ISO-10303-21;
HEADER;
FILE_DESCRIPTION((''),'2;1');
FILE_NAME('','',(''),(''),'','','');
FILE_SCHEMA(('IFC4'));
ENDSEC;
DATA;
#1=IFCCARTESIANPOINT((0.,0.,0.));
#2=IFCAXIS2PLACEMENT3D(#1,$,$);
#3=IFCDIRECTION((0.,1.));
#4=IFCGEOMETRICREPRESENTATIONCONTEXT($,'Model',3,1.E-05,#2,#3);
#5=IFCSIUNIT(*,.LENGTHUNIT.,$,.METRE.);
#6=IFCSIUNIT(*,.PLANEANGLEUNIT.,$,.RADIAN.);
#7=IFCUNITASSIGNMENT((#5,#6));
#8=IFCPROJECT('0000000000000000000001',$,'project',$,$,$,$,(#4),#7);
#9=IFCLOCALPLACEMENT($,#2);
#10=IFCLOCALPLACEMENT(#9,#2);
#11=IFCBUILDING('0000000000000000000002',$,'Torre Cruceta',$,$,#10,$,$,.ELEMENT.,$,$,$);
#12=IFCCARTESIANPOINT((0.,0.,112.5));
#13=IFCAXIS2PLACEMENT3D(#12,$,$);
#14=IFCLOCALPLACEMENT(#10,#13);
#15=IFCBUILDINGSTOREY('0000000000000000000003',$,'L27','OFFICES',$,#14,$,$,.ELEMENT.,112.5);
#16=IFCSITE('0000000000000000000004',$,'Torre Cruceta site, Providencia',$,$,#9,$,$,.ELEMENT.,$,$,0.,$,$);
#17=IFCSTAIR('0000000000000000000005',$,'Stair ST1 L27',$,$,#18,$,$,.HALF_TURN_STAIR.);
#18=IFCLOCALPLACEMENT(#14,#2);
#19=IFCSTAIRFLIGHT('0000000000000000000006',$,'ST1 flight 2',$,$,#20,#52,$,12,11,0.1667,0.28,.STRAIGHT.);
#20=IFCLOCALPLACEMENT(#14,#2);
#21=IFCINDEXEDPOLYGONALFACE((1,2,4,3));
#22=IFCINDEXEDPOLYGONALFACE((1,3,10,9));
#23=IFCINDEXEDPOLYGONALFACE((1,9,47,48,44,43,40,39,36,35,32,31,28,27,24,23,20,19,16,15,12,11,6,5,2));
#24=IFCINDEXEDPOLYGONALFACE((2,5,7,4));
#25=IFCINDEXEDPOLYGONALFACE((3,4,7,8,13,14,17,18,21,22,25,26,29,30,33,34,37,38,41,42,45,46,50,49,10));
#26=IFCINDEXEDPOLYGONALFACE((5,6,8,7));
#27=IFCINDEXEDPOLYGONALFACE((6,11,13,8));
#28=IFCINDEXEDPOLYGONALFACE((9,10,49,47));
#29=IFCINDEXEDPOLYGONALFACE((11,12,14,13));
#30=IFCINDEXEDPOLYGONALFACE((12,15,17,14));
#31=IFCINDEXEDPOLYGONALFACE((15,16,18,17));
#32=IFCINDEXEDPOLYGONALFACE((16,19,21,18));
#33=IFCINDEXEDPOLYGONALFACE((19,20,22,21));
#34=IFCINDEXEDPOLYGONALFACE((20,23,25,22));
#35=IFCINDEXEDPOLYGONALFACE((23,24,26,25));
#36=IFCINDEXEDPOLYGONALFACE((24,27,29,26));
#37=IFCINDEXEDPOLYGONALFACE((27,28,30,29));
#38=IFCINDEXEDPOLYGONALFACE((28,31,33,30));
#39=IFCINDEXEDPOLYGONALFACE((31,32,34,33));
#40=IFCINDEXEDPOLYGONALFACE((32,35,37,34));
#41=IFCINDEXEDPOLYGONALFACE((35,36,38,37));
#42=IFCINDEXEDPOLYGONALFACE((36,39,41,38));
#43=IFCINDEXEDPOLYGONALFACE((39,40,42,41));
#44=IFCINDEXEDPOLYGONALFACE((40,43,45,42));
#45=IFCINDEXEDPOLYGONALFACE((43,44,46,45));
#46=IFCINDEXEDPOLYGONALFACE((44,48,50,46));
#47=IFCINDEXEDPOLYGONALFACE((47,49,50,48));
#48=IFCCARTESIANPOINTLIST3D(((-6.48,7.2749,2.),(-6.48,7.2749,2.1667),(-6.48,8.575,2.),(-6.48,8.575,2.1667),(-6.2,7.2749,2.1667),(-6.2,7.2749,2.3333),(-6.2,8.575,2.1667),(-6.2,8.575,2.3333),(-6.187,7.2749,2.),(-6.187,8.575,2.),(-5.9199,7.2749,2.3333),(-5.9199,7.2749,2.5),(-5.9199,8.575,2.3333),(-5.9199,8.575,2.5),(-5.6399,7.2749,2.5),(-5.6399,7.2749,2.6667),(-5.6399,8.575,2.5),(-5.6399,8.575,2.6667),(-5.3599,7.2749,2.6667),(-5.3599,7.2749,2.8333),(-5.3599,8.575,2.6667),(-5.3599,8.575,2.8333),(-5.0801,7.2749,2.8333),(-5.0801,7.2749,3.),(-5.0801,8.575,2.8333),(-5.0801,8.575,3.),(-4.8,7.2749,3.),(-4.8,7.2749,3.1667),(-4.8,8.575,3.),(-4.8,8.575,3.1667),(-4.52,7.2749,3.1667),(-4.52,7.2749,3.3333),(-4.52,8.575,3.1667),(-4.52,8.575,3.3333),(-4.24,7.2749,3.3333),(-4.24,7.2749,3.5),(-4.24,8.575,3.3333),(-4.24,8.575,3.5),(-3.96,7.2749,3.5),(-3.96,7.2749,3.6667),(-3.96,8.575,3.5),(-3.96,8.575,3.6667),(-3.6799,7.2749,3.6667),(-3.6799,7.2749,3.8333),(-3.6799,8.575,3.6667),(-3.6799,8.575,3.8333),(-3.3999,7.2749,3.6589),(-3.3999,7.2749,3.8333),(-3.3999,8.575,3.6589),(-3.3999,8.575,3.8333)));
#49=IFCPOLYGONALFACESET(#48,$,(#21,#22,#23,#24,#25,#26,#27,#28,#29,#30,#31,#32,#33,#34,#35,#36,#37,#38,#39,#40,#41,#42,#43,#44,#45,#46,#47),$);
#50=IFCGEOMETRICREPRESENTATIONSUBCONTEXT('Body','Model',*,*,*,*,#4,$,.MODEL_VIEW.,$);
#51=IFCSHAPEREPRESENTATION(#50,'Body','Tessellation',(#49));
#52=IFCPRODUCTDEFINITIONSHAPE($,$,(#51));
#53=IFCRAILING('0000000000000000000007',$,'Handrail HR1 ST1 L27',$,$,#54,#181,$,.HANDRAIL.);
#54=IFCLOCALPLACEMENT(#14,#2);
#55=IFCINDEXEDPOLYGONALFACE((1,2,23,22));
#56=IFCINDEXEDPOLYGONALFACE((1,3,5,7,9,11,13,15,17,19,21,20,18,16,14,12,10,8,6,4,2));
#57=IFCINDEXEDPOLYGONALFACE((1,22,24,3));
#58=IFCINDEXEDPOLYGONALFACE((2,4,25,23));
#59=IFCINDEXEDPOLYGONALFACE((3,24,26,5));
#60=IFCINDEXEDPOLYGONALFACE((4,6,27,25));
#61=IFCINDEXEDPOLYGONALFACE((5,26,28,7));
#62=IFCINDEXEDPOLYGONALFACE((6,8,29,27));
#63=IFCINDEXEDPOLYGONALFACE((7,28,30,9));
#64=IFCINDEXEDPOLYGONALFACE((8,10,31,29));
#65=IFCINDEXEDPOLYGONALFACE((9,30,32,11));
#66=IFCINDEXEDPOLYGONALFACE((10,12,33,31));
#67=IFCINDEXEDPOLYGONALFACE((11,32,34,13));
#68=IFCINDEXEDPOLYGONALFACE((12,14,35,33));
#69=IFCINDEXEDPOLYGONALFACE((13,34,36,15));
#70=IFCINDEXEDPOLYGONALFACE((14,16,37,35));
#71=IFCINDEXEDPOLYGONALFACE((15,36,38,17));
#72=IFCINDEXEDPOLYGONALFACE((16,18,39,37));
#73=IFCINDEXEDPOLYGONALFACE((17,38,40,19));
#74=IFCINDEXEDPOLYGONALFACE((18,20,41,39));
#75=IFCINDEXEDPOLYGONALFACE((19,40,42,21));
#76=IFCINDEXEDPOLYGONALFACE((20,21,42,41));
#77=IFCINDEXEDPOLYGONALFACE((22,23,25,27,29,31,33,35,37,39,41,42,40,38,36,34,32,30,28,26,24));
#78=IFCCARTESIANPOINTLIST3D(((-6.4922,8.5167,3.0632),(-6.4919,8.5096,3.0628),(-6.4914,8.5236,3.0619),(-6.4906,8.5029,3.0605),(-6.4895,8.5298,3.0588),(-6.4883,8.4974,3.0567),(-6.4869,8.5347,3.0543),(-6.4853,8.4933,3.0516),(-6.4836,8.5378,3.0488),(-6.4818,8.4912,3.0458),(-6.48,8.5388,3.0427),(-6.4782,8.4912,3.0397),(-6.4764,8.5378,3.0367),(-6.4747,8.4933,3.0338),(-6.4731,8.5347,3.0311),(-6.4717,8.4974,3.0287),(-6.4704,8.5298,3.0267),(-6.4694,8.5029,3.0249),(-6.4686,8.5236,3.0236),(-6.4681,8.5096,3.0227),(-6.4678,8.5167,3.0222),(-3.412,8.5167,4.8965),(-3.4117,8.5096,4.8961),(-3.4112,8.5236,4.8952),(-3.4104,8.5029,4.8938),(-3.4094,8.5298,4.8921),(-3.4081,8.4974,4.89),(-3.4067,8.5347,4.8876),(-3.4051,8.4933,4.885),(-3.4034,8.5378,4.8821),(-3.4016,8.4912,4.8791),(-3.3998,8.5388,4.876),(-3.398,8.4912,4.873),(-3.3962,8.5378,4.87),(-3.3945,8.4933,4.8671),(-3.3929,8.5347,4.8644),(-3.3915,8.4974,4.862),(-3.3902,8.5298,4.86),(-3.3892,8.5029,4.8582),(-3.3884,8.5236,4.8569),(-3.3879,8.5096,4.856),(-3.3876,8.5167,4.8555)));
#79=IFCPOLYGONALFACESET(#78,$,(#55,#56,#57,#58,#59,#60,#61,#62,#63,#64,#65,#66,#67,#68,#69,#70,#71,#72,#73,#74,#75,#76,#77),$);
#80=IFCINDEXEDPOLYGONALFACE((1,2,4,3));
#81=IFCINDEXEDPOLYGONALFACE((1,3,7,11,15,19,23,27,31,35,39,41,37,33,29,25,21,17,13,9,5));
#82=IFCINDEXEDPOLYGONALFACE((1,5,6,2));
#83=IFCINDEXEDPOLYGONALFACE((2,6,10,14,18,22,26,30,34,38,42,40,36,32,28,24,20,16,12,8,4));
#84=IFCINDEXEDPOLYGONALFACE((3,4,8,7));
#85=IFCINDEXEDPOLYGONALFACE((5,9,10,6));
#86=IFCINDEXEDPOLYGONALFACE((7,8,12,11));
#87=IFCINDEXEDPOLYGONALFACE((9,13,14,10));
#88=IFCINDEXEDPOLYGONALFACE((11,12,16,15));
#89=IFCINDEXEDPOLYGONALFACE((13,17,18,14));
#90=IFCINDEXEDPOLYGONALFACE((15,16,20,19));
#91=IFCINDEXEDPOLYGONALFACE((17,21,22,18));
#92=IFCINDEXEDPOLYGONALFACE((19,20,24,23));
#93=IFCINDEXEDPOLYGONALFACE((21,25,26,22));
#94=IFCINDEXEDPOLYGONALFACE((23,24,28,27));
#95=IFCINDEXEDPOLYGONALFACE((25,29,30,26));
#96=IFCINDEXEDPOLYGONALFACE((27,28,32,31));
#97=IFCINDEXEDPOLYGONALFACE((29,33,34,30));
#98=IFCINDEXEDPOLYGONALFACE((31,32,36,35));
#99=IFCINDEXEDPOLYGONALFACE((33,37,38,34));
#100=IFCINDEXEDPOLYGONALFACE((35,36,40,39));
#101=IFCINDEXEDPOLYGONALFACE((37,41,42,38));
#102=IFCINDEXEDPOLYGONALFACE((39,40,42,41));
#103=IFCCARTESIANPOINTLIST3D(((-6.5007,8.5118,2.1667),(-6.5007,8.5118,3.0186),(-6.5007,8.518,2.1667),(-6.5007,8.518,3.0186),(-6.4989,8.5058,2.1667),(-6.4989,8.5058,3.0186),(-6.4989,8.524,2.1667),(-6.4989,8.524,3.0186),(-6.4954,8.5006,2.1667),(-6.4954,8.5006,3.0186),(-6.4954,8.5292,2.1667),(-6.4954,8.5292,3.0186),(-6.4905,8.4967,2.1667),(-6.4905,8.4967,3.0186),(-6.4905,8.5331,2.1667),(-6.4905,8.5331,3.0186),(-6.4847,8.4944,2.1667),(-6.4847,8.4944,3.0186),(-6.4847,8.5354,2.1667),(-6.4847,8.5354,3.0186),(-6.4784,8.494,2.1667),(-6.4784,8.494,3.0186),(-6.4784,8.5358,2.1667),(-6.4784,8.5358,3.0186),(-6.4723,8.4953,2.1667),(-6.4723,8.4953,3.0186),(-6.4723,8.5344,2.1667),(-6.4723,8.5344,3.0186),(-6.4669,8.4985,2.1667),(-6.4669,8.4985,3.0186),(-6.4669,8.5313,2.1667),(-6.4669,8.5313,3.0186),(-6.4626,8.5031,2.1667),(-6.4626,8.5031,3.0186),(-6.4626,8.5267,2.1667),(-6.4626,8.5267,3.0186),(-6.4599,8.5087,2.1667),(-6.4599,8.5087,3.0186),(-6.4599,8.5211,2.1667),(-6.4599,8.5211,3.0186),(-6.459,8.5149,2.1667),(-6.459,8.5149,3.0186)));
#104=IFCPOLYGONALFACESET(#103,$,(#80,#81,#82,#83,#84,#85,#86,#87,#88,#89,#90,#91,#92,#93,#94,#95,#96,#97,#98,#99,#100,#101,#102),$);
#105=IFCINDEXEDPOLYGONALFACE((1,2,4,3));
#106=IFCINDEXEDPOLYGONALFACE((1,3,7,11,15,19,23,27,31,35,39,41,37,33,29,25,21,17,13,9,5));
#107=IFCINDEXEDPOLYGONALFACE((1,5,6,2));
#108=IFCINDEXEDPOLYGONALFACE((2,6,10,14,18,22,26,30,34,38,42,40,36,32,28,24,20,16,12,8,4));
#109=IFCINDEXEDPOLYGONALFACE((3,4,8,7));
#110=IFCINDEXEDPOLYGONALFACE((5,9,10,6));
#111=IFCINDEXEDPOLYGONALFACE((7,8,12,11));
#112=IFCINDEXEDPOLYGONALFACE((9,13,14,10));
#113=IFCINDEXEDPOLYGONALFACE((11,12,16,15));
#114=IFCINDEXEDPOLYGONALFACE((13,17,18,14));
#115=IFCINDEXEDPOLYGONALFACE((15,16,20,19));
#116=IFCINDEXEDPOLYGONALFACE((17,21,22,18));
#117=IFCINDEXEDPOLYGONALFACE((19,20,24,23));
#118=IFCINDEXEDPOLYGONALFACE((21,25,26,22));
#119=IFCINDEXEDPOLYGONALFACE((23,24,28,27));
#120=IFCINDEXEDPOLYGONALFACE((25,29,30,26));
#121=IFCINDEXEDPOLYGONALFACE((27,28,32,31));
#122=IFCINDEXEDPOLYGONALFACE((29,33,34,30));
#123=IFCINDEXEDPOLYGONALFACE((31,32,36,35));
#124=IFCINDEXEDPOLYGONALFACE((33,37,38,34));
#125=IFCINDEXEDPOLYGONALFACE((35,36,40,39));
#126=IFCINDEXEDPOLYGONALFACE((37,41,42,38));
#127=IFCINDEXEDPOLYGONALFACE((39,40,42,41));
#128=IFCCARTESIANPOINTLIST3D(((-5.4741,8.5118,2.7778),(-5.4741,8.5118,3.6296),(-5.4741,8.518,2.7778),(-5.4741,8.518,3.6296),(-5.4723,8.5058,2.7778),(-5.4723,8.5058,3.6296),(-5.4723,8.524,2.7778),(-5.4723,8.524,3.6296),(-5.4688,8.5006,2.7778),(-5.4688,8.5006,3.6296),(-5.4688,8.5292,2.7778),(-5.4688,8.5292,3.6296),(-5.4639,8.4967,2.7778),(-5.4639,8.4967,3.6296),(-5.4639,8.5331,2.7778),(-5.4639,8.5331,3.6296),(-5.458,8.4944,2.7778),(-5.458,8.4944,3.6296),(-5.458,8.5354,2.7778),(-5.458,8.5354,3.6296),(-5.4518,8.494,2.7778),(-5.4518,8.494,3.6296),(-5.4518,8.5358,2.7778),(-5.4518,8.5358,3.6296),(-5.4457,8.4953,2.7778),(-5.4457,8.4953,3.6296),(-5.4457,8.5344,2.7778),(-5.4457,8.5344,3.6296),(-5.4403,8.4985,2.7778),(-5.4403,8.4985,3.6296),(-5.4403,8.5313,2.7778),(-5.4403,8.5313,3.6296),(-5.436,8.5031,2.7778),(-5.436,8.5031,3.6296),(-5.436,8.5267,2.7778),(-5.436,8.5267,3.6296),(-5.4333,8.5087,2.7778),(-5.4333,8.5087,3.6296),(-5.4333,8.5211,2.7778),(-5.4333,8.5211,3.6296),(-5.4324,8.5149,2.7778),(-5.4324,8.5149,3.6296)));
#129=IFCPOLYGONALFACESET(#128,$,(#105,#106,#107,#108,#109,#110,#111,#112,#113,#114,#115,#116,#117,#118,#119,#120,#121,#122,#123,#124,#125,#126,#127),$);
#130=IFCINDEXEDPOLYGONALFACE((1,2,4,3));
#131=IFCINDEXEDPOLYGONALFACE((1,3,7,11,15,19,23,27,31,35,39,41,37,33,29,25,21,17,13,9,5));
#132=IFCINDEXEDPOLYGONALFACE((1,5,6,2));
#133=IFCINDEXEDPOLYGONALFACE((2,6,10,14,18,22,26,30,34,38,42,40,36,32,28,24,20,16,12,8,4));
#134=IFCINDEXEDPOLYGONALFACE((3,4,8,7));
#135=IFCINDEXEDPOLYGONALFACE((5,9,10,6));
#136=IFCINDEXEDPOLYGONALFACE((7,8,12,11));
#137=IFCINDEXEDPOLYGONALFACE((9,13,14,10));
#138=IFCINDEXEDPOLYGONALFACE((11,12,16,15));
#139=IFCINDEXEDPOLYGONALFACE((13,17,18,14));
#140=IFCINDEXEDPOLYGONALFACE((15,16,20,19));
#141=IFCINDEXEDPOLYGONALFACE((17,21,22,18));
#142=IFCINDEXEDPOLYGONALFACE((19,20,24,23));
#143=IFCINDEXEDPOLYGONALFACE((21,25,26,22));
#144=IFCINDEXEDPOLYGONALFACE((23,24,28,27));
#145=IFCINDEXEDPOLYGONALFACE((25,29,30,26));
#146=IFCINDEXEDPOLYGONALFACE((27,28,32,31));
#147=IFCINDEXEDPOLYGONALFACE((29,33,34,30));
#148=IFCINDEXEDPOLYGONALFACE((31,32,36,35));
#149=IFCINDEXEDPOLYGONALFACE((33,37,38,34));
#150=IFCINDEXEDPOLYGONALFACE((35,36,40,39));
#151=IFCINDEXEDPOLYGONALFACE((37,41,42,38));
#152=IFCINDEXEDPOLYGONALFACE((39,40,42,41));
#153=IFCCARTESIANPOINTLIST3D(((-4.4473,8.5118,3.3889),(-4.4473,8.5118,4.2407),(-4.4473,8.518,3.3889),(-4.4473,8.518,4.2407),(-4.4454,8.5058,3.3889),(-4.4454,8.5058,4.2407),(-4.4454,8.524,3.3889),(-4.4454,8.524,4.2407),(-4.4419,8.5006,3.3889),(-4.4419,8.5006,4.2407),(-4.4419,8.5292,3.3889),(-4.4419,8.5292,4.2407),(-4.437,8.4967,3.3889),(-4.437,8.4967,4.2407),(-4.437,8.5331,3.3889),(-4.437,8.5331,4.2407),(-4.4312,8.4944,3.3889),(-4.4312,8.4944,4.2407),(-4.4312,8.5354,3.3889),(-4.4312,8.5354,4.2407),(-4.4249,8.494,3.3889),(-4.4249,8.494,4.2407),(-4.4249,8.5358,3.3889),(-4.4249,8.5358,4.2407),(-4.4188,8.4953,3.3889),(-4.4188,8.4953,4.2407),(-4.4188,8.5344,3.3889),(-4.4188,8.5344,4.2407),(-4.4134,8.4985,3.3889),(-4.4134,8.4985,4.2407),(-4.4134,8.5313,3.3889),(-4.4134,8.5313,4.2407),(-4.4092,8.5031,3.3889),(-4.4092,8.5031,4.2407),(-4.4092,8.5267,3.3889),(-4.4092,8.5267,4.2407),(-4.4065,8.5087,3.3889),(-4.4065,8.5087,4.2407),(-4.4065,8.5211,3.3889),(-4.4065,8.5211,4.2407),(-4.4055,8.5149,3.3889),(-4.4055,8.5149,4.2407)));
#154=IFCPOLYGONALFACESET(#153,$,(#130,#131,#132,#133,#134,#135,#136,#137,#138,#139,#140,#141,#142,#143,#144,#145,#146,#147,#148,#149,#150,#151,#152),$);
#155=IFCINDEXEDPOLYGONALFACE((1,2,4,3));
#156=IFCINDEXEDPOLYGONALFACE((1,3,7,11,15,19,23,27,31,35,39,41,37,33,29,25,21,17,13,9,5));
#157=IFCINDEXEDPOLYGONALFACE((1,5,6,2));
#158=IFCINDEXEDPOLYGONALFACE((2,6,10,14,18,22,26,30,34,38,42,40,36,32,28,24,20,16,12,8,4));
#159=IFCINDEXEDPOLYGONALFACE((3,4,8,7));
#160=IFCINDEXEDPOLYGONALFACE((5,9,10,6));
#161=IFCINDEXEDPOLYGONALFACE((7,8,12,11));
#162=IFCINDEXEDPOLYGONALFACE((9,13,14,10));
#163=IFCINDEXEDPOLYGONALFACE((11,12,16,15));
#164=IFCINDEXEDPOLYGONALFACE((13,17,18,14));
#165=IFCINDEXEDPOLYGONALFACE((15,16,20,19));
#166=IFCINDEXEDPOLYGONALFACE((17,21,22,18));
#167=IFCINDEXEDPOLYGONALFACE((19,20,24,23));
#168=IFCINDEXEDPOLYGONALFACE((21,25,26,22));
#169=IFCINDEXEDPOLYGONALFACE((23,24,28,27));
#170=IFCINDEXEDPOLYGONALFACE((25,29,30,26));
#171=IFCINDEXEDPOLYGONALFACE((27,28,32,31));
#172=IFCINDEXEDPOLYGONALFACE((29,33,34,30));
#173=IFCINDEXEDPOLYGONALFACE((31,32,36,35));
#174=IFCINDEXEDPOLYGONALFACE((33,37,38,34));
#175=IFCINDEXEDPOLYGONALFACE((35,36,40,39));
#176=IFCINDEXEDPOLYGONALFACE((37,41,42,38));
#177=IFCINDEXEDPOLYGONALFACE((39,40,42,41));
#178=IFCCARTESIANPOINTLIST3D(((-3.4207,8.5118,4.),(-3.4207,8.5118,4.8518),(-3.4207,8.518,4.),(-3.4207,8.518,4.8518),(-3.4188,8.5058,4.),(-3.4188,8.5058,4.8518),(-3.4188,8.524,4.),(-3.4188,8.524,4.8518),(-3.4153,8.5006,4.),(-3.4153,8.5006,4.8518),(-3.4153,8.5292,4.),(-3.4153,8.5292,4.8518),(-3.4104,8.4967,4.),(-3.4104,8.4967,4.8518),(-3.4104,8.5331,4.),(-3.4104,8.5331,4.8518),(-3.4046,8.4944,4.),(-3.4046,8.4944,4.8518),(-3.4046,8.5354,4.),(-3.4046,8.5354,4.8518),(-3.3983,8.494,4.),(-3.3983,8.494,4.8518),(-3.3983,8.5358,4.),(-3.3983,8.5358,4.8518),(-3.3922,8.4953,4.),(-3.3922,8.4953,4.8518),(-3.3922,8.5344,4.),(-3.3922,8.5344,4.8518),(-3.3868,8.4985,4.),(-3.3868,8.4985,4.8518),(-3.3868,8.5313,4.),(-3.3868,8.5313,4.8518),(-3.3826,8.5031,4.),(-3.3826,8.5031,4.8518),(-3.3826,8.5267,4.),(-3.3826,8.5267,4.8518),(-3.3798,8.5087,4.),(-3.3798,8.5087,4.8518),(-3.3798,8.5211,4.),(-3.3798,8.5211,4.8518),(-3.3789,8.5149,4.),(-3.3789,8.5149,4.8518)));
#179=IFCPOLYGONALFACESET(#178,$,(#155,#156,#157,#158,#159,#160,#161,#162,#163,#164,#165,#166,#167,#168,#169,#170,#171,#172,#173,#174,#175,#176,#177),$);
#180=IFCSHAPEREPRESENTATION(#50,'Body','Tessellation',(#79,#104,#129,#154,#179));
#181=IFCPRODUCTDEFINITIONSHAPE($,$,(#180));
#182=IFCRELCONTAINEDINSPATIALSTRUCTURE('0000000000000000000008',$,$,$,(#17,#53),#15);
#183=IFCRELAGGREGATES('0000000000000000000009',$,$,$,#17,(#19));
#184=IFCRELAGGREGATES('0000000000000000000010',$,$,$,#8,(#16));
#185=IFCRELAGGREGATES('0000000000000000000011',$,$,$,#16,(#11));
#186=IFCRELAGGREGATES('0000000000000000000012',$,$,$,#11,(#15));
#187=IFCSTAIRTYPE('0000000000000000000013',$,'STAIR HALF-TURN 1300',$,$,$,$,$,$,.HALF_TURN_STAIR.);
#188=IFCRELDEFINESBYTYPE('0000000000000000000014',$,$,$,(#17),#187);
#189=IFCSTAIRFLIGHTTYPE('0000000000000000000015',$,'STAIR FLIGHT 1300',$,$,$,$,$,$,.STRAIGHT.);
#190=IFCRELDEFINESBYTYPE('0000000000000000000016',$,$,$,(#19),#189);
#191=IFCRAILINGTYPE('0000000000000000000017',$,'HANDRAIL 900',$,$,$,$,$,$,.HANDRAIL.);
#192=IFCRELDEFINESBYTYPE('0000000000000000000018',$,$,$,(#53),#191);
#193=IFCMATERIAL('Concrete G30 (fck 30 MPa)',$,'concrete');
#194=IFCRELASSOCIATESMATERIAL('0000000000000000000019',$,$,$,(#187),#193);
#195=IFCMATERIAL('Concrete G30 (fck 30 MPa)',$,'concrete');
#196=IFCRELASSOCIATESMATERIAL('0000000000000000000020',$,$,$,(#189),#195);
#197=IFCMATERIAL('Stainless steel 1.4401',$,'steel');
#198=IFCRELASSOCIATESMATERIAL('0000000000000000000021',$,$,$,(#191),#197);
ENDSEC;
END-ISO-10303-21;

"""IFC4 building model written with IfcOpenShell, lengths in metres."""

from ifc_helpers import new_model, si_unit, direction, frame, origin, origin_2d, place, context, subcontext, project, spatial, polyline, circle, outline, extrude, material, type_object, element, aggregate, save


model = new_model("IFC4")

# Units and contexts
model_context = context("Model", 3, precision=1e-05, world=origin(), true_north=direction((0.0, 1.0)))
body_context = subcontext(model_context, "Body", "Model", "MODEL_VIEW")
ifc_project = project(units=[si_unit("LENGTHUNIT", "METRE"), si_unit("PLANEANGLEUNIT", "RADIAN")], contexts=[model_context])

# Site, building, storey
site_placement = place(None, origin())
site = spatial("IfcSite", under=ifc_project, at=site_placement, Name="Torre Cruceta site, Providencia", CompositionType="ELEMENT", RefElevation=0.0)
building_placement = place(site_placement, origin())
building = spatial("IfcBuilding", under=site, at=building_placement, Name="Torre Cruceta", CompositionType="ELEMENT")
storey_placement = place(building_placement, frame((0.0, 0.0, 112.5)))
storey = spatial("IfcBuildingStorey", under=building, at=storey_placement, Name="L27", Description="OFFICES", CompositionType="ELEMENT", Elevation=112.5)

# Stair, stair flight
ifc_material_1 = material(Name="Concrete G30 (fck 30 MPa)", Category="concrete")
stair_type = type_object("IfcStairType", Name="STAIR HALF-TURN 1300", PredefinedType="HALF_TURN_STAIR", material=ifc_material_1)
stair_placement = place(storey_placement, origin())
stair = element("IfcStair", 1, at=stair_placement, inside=storey, type_object=stair_type, Name="Stair ST1 L27", PredefinedType="HALF_TURN_STAIR")
ifc_material_2 = material(Name="Concrete G30 (fck 30 MPa)", Category="concrete")
stair_flight_type = type_object("IfcStairFlightType", Name="STAIR FLIGHT 1300", PredefinedType="STRAIGHT", material=ifc_material_2)
stair_flight_1_placement = place(storey_placement, frame((-6.48, 7.925, 2.0), z_axis=(0.0, 0.0, 1.0), x_axis=(1.0, 0.0, 0.0)))
stair_flight_1 = element("IfcStairFlight", 2, at=stair_flight_1_placement, type_object=stair_flight_type, Name="ST1 flight 2", NumberOfRisers=12, NumberOfTreads=11, PredefinedType="STRAIGHT", RiserHeight=0.1667, TreadLength=0.28, context=body_context, shape_type="SweptSolid", body=[
    extrude(outline(polyline([(0.0, 0.0), (0.0, 0.1667), (0.28, 0.1667), (0.28, 0.3333), (0.5601, 0.3333), (0.5601, 0.5), (0.8401, 0.5), (0.8401, 0.6667), (1.1201, 0.6667), (1.1201, 0.8333), (1.3999, 0.8333), (1.3999, 1.0), (1.6799, 1.0), (1.6799, 1.1667), (1.96, 1.1667), (1.96, 1.3333), (2.24, 1.3333), (2.24, 1.5), (2.52, 1.5), (2.52, 1.6667), (2.8, 1.6667), (2.8, 1.8333), (3.0801, 1.8333), (3.0801, 2.0), (3.0801, 1.6589), (0.293, 0.0), (0.0, 0.0)])), frame((0.0, 0.6499, 0.0), z_axis=(0.0, -1.0, 0.0), x_axis=(1.0, 0.0, 0.0)), (0.0, 0.0, 1.0), 1.3),
])
aggregate(stair, [stair_flight_1])

# Railing
ifc_material_3 = material(Name="Stainless steel 1.4401", Category="steel")
railing_type = type_object("IfcRailingType", Name="HANDRAIL 900", PredefinedType="HANDRAIL", material=ifc_material_3)
railing_placement = place(storey_placement, frame((-6.48, 8.5149, 2.1667)))
element("IfcRailing", 3, at=railing_placement, inside=storey, type_object=railing_type, Name="Handrail HR1 ST1 L27", PredefinedType="HANDRAIL", context=body_context, shape_type="SweptSolid", body=[
    extrude(circle(Radius=0.0239, at=origin_2d()), frame((0.0, 0.0, 0.876), z_axis=(0.859309, 0.0, 0.511458), x_axis=(0.0, 1.0, 0.0)), (0.0, 0.0, 1.0), 3.5845),
    extrude(circle(Radius=0.021, at=origin_2d()), origin(), (0.0, 0.0, 1.0), 0.8518),
    extrude(circle(Radius=0.021, at=origin_2d()), frame((1.0266, 0.0, 0.6111)), (0.0, 0.0, 1.0), 0.8518),
    extrude(circle(Radius=0.021, at=origin_2d()), frame((2.0535, 0.0, 1.2222)), (0.0, 0.0, 1.0), 0.8518),
    extrude(circle(Radius=0.021, at=origin_2d()), frame((3.0801, 0.0, 1.8333)), (0.0, 0.0, 1.0), 0.8518),
])

save(model, "model.ifc")
